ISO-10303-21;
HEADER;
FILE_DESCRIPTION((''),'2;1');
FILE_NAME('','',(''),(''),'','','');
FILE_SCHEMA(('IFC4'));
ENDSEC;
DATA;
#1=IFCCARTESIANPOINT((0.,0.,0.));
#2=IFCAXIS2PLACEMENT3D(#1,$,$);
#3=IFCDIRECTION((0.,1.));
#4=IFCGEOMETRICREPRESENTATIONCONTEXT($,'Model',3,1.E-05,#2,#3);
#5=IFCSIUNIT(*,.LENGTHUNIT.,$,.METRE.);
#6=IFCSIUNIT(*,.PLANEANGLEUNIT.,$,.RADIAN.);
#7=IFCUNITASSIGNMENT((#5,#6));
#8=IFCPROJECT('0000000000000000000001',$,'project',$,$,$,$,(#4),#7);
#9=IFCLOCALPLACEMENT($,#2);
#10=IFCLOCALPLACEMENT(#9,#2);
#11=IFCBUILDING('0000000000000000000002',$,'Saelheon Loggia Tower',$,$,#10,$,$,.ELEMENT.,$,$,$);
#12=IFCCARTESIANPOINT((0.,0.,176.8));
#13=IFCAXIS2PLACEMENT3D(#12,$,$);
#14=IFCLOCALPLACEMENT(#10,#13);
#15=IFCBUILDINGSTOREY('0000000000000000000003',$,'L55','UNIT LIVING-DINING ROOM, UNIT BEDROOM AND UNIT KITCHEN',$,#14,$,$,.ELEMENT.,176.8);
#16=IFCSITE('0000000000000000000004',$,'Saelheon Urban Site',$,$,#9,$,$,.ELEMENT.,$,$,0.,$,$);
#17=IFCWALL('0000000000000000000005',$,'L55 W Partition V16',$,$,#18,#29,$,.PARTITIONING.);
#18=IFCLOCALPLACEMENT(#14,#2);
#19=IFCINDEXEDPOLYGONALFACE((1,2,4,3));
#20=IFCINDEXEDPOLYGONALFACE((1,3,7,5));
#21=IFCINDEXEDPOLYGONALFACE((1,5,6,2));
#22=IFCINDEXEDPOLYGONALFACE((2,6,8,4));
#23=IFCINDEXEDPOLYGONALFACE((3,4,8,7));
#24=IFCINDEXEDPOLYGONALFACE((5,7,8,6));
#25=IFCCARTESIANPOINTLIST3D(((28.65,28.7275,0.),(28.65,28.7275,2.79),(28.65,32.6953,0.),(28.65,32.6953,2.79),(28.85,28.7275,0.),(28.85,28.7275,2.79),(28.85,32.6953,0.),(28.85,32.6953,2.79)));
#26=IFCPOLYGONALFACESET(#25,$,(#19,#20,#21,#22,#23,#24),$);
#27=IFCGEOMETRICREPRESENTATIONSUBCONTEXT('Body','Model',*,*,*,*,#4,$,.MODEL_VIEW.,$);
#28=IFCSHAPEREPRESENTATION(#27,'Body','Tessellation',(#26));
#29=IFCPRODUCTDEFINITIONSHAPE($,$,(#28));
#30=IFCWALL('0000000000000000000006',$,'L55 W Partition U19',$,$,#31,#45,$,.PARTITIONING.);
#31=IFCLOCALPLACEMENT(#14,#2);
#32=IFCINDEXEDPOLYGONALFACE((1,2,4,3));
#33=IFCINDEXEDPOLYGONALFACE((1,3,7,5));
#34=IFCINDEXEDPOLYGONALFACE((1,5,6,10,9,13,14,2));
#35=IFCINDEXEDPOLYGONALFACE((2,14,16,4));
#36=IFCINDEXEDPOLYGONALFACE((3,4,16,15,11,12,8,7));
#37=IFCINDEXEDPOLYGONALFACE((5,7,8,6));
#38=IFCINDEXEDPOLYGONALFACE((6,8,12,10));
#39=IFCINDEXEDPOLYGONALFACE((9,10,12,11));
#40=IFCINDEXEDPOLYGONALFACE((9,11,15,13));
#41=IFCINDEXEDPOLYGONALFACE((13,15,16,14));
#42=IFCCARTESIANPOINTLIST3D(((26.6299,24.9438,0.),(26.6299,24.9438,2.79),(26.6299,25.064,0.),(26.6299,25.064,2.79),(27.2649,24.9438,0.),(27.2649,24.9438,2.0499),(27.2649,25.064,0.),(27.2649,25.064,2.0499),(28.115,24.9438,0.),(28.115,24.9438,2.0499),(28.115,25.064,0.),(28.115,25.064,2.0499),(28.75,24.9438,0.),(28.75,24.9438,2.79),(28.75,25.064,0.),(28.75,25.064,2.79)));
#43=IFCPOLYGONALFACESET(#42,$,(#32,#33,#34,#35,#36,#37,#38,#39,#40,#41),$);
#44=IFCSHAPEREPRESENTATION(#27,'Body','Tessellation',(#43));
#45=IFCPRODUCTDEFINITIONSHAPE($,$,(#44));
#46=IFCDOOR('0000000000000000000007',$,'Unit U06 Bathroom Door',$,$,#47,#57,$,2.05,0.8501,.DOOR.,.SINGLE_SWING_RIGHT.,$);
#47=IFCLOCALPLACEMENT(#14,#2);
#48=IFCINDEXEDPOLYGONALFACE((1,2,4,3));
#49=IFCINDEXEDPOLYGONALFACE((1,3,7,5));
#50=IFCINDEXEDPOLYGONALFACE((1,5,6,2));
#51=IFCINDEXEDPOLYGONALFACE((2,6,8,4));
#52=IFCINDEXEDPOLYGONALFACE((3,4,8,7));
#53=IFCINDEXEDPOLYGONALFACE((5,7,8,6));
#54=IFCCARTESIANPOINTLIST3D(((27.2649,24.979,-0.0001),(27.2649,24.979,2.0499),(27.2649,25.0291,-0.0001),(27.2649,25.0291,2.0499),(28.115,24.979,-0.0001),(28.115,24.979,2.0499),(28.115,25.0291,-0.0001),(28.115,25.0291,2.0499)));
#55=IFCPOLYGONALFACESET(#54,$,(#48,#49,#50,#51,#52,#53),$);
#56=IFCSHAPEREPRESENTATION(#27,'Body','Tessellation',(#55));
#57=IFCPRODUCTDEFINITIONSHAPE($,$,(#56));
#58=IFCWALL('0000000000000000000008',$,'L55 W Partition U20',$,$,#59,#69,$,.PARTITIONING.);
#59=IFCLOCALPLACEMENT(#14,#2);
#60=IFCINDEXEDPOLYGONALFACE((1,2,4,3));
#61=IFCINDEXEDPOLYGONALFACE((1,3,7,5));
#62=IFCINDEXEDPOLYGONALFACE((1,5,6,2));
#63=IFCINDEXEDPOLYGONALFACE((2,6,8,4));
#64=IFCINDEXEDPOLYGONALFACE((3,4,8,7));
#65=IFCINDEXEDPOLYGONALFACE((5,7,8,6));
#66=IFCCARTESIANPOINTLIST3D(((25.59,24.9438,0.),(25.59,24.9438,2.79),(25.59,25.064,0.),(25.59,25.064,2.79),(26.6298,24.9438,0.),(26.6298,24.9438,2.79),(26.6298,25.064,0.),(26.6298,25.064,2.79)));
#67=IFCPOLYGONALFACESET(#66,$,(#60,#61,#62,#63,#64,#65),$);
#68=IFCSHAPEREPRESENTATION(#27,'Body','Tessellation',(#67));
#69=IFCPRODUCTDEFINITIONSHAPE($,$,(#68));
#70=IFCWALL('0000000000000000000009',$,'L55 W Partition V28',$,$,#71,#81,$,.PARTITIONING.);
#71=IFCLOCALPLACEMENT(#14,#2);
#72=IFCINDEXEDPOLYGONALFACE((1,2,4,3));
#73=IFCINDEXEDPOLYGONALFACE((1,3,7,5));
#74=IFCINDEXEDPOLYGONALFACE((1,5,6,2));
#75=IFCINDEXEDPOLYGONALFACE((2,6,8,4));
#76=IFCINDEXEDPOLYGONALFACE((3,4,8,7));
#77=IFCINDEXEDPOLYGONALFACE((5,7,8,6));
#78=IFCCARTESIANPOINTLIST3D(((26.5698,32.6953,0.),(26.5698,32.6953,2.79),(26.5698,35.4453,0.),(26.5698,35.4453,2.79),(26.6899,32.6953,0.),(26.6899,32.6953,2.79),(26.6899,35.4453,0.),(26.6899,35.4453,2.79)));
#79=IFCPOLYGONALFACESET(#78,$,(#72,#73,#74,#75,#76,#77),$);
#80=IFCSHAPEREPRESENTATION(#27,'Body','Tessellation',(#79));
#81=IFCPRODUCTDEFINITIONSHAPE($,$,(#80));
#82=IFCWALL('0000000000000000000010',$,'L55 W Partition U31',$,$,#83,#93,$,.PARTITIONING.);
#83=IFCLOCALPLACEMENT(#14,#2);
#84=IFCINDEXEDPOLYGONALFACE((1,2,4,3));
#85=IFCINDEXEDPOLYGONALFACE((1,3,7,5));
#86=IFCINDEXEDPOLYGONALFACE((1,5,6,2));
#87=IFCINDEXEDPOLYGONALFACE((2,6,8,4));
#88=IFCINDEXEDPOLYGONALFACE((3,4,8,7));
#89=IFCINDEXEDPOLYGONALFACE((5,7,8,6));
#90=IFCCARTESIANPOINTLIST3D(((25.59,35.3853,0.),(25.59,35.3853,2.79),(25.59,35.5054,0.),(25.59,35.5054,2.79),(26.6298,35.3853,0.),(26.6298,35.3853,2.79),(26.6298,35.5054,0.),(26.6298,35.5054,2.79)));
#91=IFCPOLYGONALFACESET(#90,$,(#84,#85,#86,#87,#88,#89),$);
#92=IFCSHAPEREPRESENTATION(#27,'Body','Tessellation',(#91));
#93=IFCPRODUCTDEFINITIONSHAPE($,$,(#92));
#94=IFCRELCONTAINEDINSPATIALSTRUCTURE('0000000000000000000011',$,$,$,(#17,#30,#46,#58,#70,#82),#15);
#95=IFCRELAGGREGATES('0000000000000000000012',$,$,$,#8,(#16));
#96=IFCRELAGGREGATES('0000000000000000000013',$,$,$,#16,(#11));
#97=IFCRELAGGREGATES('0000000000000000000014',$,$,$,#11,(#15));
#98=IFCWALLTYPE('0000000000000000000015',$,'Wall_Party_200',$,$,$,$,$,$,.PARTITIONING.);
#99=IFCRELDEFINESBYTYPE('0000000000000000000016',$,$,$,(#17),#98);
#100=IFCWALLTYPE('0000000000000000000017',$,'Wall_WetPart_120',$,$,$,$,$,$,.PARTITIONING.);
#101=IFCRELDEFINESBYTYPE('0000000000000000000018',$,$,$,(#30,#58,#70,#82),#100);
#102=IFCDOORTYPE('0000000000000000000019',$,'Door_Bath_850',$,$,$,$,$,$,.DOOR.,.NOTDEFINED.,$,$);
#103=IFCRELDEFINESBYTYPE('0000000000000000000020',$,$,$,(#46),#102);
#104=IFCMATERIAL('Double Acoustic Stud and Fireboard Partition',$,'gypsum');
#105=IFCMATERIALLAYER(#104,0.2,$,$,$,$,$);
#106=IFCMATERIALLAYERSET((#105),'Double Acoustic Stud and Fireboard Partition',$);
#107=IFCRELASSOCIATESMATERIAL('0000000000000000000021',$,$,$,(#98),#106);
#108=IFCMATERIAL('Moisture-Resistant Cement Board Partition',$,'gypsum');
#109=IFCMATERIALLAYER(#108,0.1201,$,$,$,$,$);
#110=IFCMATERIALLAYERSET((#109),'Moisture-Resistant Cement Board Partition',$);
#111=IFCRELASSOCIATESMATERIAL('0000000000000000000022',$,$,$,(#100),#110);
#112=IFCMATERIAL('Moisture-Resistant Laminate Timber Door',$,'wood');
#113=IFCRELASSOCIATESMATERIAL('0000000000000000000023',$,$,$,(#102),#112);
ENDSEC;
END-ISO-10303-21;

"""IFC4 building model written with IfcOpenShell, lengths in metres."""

from ifc_helpers import new_model, si_unit, direction, frame, frame_2d, origin, place, context, subcontext, project, spatial, rectangle, extrude, source, transform, mapped, material, layer, layer_set, type_object, element, fill, save


model = new_model("IFC4")

# Units and contexts
model_context = context("Model", 3, precision=1e-05, world=origin(), true_north=direction((0.0, 1.0)))
body_context = subcontext(model_context, "Body", "Model", "MODEL_VIEW")
ifc_project = project(units=[si_unit("LENGTHUNIT", "METRE"), si_unit("PLANEANGLEUNIT", "RADIAN")], contexts=[model_context])

# Site, building, storey
site_placement = place(None, origin())
site = spatial("IfcSite", under=ifc_project, at=site_placement, Name="Saelheon Urban Site", CompositionType="ELEMENT", RefElevation=0.0)
building_placement = place(site_placement, origin())
building = spatial("IfcBuilding", under=site, at=building_placement, Name="Saelheon Loggia Tower", CompositionType="ELEMENT")
storey_placement = place(building_placement, frame((0.0, 0.0, 176.8)))
storey = spatial("IfcBuildingStorey", under=building, at=storey_placement, Name="L55", Description="UNIT LIVING-DINING ROOM, UNIT BEDROOM AND UNIT KITCHEN", CompositionType="ELEMENT", Elevation=176.8)

# Shared definitions
ifc_material_1 = material(Name="Double Acoustic Stud and Fireboard Partition", Category="gypsum")
ifc_layer_1 = layer(ifc_material_1, 0.2)
ifc_layer_set_1 = layer_set([ifc_layer_1], Name="Double Acoustic Stud and Fireboard Partition")
wall_type_1 = type_object("IfcWallType", Name="Wall_Party_200", PredefinedType="PARTITIONING", material=ifc_layer_set_1)

# Wall
wall_1_placement = place(storey_placement, frame((28.75, 28.7275, 0.0), z_axis=(0.0, 0.0, 1.0), x_axis=(0.0, 1.0, 0.0)))
element("IfcWall", 1, at=wall_1_placement, inside=storey, type_object=wall_type_1, Name="L55 W Partition V16", PredefinedType="PARTITIONING", context=body_context, shape_type="SweptSolid", body=[
    extrude(rectangle(XDim=3.9678, YDim=0.2, at=frame_2d((1.9839, 0.0))), origin(), (0.0, 0.0, 1.0), 2.79),
])

# Wall, opening, door
ifc_material_2 = material(Name="Moisture-Resistant Cement Board Partition", Category="gypsum")
ifc_layer_2 = layer(ifc_material_2, 0.1201)
ifc_layer_set_2 = layer_set([ifc_layer_2], Name="Moisture-Resistant Cement Board Partition")
wall_type_2 = type_object("IfcWallType", Name="Wall_WetPart_120", PredefinedType="PARTITIONING", material=ifc_layer_set_2)
wall_2_placement = place(storey_placement, frame((28.75, 25.0039, 0.0), z_axis=(0.0, 0.0, 1.0), x_axis=(-1.0, 0.0, 0.0)))
wall_2 = element("IfcWall", 2, at=wall_2_placement, inside=storey, type_object=wall_type_2, Name="L55 W Partition U19", PredefinedType="PARTITIONING", context=body_context, shape_type="SweptSolid", body=[
    extrude(rectangle(XDim=2.1201, YDim=0.1201, at=frame_2d((1.0601, 0.0))), origin(), (0.0, 0.0, 1.0), 2.79),
])
opening_1_placement = place(wall_2_placement, frame((0.635, 0.0, 0.0)))
opening_1 = element("IfcOpeningElement", 3, at=opening_1_placement, cuts=wall_2, PredefinedType="OPENING", context=body_context, shape_type="SweptSolid", body=[
    extrude(rectangle(XDim=0.8501, YDim=2.05, at=frame_2d((0.425, 1.0249))), frame((0.0, 0.072, 0.0), z_axis=(0.0, -1.0, 0.0), x_axis=(1.0, 0.0, 0.0)), (0.0, 0.0, 1.0), 0.144),
])
ifc_material_3 = material(Name="Moisture-Resistant Laminate Timber Door", Category="wood")
door_type_1 = type_object("IfcDoorType", Name="Door_Bath_850", OperationType="NOTDEFINED", PredefinedType="DOOR", material=ifc_material_3)
shared_shape_1 = source(origin(), body_context, "Body", "SweptSolid", [
    extrude(rectangle(XDim=0.8501, YDim=2.05, at=frame_2d((0.425, 1.0249))), frame((0.0, 0.0249, 0.0), z_axis=(0.0, -1.0, 0.0), x_axis=(1.0, 0.0, 0.0)), (0.0, 0.0, 1.0), 0.05),
])
door_1_placement = place(opening_1_placement, origin())
door_1 = element("IfcDoor", 4, at=door_1_placement, inside=storey, type_object=door_type_1, Name="Unit U06 Bathroom Door", OperationType="SINGLE_SWING_RIGHT", OverallHeight=2.05, OverallWidth=0.8501, PredefinedType="DOOR", context=body_context, shape_type="MappedRepresentation", body=[
    mapped(shared_shape_1, transform((0.0, 0.0, 0.0), scale=1.0)),
])
fill(opening_1, door_1)

# Walls
wall_3_placement = place(storey_placement, frame((26.6299, 25.0039, 0.0), z_axis=(0.0, 0.0, 1.0), x_axis=(-1.0, 0.0, 0.0)))
element("IfcWall", 5, at=wall_3_placement, inside=storey, type_object=wall_type_2, Name="L55 W Partition U20", PredefinedType="PARTITIONING", context=body_context, shape_type="SweptSolid", body=[
    extrude(rectangle(XDim=1.0398, YDim=0.1201, at=frame_2d((0.52, 0.0))), origin(), (0.0, 0.0, 1.0), 2.79),
])
wall_4_placement = place(storey_placement, frame((26.6299, 32.6953, 0.0), z_axis=(0.0, 0.0, 1.0), x_axis=(0.0, 1.0, 0.0)))
element("IfcWall", 6, at=wall_4_placement, inside=storey, type_object=wall_type_2, Name="L55 W Partition V28", PredefinedType="PARTITIONING", context=body_context, shape_type="SweptSolid", body=[
    extrude(rectangle(XDim=2.75, YDim=0.1201, at=frame_2d((1.375, 0.0))), origin(), (0.0, 0.0, 1.0), 2.79),
])
wall_5_placement = place(storey_placement, frame((26.6299, 35.4453, 0.0), z_axis=(0.0, 0.0, 1.0), x_axis=(-1.0, 0.0, 0.0)))
element("IfcWall", 7, at=wall_5_placement, inside=storey, type_object=wall_type_2, Name="L55 W Partition U31", PredefinedType="PARTITIONING", context=body_context, shape_type="SweptSolid", body=[
    extrude(rectangle(XDim=1.0398, YDim=0.1201, at=frame_2d((0.52, 0.0))), origin(), (0.0, 0.0, 1.0), 2.79),
])

save(model, "model.ifc")
